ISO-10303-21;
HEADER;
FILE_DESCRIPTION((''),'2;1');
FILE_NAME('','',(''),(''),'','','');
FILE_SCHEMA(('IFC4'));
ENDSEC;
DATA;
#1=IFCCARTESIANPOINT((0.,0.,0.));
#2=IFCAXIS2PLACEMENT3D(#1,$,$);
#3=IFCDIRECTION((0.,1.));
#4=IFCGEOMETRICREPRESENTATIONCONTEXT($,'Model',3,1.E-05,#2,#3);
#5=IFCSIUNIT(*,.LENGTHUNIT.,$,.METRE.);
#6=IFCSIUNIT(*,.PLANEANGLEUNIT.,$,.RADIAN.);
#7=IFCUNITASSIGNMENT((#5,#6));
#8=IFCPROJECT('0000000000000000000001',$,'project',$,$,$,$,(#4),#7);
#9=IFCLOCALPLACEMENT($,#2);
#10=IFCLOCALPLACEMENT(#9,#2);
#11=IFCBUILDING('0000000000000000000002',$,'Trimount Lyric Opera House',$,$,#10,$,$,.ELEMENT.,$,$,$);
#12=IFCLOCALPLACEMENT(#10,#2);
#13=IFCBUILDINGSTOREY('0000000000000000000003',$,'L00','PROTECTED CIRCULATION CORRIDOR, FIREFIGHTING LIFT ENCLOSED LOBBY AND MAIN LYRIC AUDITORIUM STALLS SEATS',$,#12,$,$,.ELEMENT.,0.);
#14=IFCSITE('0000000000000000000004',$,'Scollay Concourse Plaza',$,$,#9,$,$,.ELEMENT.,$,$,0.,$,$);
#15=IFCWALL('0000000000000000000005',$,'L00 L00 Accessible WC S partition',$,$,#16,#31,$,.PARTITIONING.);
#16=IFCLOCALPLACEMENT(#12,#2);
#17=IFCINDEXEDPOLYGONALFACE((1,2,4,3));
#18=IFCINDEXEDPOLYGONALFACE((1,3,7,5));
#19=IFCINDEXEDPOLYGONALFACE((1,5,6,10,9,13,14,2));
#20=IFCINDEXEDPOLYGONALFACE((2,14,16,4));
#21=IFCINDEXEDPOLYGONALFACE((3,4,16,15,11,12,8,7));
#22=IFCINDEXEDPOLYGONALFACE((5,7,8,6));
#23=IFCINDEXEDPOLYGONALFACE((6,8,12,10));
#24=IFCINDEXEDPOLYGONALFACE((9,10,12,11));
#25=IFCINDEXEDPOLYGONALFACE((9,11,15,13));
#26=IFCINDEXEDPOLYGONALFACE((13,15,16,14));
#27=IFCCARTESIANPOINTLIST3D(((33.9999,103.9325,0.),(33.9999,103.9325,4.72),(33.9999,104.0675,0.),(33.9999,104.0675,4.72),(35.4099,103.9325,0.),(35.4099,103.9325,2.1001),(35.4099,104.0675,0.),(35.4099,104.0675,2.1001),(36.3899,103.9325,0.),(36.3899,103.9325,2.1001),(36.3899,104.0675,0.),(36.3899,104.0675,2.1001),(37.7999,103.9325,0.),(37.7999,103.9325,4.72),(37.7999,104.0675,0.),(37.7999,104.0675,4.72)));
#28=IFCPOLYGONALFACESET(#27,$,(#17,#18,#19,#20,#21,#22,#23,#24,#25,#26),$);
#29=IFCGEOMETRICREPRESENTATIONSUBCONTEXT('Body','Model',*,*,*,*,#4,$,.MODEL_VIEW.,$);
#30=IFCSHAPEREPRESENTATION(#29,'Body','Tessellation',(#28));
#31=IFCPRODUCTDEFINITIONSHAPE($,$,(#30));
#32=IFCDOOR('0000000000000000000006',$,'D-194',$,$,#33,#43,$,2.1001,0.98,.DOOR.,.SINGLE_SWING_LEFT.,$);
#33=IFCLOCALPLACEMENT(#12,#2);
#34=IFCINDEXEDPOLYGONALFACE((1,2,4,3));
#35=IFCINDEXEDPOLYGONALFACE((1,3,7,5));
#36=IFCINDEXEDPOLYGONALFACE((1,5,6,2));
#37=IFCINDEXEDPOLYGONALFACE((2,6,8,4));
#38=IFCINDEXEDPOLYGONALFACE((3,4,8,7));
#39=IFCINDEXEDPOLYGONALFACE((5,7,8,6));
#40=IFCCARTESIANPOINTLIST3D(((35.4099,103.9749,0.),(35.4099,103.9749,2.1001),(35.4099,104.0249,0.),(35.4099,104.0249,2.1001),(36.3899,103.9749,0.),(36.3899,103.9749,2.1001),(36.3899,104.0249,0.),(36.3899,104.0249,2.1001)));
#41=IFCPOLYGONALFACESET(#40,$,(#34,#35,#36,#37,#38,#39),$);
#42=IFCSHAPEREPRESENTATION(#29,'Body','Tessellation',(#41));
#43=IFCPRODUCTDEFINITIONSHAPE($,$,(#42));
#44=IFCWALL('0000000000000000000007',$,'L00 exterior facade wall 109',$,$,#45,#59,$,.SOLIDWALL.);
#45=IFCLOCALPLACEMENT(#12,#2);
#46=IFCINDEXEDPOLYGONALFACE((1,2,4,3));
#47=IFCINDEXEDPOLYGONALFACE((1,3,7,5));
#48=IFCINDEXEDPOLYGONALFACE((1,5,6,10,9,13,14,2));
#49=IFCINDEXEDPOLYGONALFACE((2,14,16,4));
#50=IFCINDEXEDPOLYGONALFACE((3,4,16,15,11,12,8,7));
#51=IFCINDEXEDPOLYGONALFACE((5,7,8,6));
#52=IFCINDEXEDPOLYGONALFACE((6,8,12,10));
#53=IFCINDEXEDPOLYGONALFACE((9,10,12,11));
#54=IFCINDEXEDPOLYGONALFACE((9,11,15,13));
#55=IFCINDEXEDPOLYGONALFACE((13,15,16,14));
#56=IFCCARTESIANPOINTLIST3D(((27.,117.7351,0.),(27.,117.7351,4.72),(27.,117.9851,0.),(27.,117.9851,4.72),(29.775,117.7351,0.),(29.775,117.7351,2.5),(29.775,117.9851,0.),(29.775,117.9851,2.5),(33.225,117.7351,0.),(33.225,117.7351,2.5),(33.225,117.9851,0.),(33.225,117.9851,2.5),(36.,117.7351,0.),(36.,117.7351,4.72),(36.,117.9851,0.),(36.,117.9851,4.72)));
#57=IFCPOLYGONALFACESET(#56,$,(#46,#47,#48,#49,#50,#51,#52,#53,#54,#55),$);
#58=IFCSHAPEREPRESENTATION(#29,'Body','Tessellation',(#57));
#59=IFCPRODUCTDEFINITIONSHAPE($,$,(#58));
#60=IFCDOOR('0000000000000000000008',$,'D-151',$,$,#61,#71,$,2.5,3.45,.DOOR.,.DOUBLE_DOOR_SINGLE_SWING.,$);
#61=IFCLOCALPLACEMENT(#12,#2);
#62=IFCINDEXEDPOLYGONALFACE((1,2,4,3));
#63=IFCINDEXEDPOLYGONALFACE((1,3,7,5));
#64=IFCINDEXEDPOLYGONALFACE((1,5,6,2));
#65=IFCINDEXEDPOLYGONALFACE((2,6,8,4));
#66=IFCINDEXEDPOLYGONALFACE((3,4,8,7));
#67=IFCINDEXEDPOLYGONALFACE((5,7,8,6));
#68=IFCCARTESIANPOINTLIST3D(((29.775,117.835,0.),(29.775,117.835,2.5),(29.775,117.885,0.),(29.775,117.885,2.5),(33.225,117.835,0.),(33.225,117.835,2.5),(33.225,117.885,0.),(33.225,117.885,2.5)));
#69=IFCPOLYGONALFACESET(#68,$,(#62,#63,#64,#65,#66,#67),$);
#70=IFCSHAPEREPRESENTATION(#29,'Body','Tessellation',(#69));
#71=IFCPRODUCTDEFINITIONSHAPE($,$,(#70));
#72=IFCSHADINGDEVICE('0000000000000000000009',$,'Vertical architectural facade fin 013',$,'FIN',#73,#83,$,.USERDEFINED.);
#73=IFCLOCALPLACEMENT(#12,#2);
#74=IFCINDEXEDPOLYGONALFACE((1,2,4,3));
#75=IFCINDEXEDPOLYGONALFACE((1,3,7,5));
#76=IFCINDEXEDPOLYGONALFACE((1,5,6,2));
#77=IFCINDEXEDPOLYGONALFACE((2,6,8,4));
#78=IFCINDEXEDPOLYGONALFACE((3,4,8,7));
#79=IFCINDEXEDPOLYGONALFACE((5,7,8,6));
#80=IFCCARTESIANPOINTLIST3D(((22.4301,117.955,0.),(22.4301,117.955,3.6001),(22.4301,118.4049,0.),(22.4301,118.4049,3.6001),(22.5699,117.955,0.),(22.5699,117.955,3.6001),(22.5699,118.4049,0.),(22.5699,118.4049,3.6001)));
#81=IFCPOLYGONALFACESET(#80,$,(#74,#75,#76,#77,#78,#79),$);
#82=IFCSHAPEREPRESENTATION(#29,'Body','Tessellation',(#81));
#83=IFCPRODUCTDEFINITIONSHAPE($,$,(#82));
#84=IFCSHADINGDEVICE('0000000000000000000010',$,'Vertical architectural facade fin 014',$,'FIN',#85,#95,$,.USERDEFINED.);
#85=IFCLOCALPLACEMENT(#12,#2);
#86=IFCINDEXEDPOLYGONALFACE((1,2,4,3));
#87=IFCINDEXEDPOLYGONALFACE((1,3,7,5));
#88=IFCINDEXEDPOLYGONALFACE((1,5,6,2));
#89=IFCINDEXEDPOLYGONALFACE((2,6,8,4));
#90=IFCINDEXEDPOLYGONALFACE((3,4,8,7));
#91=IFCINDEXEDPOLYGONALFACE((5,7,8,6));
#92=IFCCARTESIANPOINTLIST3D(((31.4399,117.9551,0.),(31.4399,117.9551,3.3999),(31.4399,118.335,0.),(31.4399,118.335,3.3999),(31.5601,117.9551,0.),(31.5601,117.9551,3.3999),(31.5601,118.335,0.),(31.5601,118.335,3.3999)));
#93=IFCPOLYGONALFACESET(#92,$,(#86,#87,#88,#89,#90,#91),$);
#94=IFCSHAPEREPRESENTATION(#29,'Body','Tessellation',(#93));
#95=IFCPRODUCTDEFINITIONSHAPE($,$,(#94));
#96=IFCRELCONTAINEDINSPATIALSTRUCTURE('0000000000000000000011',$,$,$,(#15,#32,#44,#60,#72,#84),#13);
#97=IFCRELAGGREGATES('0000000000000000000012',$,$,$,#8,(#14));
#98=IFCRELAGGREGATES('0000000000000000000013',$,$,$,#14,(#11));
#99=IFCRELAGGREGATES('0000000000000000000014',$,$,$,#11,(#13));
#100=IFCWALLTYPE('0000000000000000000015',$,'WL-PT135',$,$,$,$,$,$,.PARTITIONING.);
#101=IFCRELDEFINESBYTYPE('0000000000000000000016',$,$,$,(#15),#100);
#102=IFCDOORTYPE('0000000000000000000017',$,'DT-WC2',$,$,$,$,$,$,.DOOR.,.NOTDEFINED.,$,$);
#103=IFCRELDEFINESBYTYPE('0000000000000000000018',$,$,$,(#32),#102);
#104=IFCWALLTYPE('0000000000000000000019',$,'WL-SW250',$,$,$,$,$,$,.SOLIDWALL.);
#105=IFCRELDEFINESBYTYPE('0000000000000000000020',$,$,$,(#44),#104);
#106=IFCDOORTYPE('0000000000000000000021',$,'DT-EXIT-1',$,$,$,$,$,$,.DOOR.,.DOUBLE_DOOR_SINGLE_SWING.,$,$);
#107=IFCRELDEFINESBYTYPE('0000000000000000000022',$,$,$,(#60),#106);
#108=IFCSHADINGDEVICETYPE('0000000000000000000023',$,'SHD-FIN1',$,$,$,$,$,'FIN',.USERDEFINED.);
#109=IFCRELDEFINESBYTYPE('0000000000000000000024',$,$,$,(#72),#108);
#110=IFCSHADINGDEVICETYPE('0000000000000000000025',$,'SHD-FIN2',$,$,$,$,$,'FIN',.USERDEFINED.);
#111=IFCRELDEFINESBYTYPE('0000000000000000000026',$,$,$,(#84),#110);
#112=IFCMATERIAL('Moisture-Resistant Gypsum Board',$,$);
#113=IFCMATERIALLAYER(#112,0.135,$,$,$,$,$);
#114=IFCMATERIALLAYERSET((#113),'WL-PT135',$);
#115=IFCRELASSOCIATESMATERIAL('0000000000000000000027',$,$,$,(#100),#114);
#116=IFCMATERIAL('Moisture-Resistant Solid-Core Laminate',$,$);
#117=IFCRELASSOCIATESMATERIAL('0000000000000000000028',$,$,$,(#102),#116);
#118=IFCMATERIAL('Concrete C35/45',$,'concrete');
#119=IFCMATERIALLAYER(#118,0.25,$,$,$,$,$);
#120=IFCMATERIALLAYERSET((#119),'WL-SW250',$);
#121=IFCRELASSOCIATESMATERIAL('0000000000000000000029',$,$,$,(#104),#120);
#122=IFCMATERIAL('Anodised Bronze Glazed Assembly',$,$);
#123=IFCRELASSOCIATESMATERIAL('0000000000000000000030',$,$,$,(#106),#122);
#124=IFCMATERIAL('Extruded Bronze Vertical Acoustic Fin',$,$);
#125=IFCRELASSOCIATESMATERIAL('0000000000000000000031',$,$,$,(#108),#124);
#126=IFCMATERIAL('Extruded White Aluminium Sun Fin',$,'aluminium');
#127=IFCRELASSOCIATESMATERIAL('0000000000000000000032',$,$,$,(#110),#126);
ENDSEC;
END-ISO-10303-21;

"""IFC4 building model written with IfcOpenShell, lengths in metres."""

from ifc_helpers import new_model, si_unit, direction, frame, frame_2d, origin, origin_2d, place, context, subcontext, project, spatial, rectangle, extrude, material, layer, layer_set, type_object, element, fill, save


model = new_model("IFC4")

# Units and contexts
model_context = context("Model", 3, precision=1e-05, world=origin(), true_north=direction((0.0, 1.0)))
body_context = subcontext(model_context, "Body", "Model", "MODEL_VIEW")
ifc_project = project(units=[si_unit("LENGTHUNIT", "METRE"), si_unit("PLANEANGLEUNIT", "RADIAN")], contexts=[model_context])

# Site, building, storey
site_placement = place(None, origin())
site = spatial("IfcSite", under=ifc_project, at=site_placement, Name="Scollay Concourse Plaza", CompositionType="ELEMENT", RefElevation=0.0)
building_placement = place(site_placement, origin())
building = spatial("IfcBuilding", under=site, at=building_placement, Name="Trimount Lyric Opera House", CompositionType="ELEMENT")
storey_placement = place(building_placement, origin())
storey = spatial("IfcBuildingStorey", under=building, at=storey_placement, Name="L00", Description="PROTECTED CIRCULATION CORRIDOR, FIREFIGHTING LIFT ENCLOSED LOBBY AND MAIN LYRIC AUDITORIUM STALLS SEATS", CompositionType="ELEMENT", Elevation=0.0)

# Shared definitions
ifc_material_1 = material(Name="Moisture-Resistant Gypsum Board")
ifc_layer_1 = layer(ifc_material_1, 0.135)
ifc_layer_set_1 = layer_set([ifc_layer_1], Name="WL-PT135")
wall_type_1 = type_object("IfcWallType", Name="WL-PT135", PredefinedType="PARTITIONING", material=ifc_layer_set_1)

# Walls, openings, doors
wall_1_placement = place(storey_placement, frame((34.0, 104.0, 0.0), z_axis=(0.0, 0.0, 1.0), x_axis=(1.0, 0.0, 0.0)))
wall_1 = element("IfcWall", 1, at=wall_1_placement, inside=storey, type_object=wall_type_1, Name="L00 L00 Accessible WC S partition", PredefinedType="PARTITIONING", context=body_context, shape_type="SweptSolid", body=[
    extrude(rectangle(XDim=3.8, YDim=0.135, at=frame_2d((1.8999, 0.0))), origin(), (0.0, 0.0, 1.0), 4.72),
])
opening_1_placement = place(wall_1_placement, frame((1.4099, 0.0, 0.0)))
opening_1 = element("IfcOpeningElement", 2, at=opening_1_placement, cuts=wall_1, PredefinedType="OPENING", context=body_context, shape_type="SweptSolid", body=[
    extrude(rectangle(XDim=0.98, YDim=2.1001, at=frame_2d((0.49, 1.05))), frame((0.0, 0.0776, 0.0), z_axis=(0.0, -1.0, 0.0), x_axis=(1.0, 0.0, 0.0)), (0.0, 0.0, 1.0), 0.155),
])
ifc_material_2 = material(Name="Moisture-Resistant Solid-Core Laminate")
door_type_1 = type_object("IfcDoorType", Name="DT-WC2", OperationType="NOTDEFINED", PredefinedType="DOOR", material=ifc_material_2)
door_1_placement = place(opening_1_placement, origin())
door_1 = element("IfcDoor", 3, at=door_1_placement, inside=storey, type_object=door_type_1, Name="D-194", OperationType="SINGLE_SWING_LEFT", OverallHeight=2.1001, OverallWidth=0.98, PredefinedType="DOOR", context=body_context, shape_type="SweptSolid", body=[
    extrude(rectangle(XDim=0.98, YDim=2.1001, at=frame_2d((0.49, 1.05))), frame((0.0, 0.0249, 0.0), z_axis=(0.0, -1.0, 0.0), x_axis=(1.0, 0.0, 0.0)), (0.0, 0.0, 1.0), 0.05),
])
fill(opening_1, door_1)
ifc_material_3 = material(Name="Concrete C35/45", Category="concrete")
ifc_layer_2 = layer(ifc_material_3, 0.25)
ifc_layer_set_2 = layer_set([ifc_layer_2], Name="WL-SW250")
wall_type_2 = type_object("IfcWallType", Name="WL-SW250", PredefinedType="SOLIDWALL", material=ifc_layer_set_2)
wall_2_placement = place(storey_placement, frame((27.0, 117.8601, 0.0), z_axis=(0.0, 0.0, 1.0), x_axis=(1.0, 0.0, 0.0)))
wall_2 = element("IfcWall", 4, at=wall_2_placement, inside=storey, type_object=wall_type_2, Name="L00 exterior facade wall 109", PredefinedType="SOLIDWALL", context=body_context, shape_type="SweptSolid", body=[
    extrude(rectangle(XDim=9.0, YDim=0.25, at=frame_2d((4.5, 0.0))), origin(), (0.0, 0.0, 1.0), 4.72),
])
opening_2_placement = place(wall_2_placement, frame((2.7749, 0.0, 0.0)))
opening_2 = element("IfcOpeningElement", 5, at=opening_2_placement, cuts=wall_2, PredefinedType="OPENING", context=body_context, shape_type="SweptSolid", body=[
    extrude(rectangle(XDim=3.45, YDim=2.5, at=frame_2d((1.7251, 1.25))), frame((0.0, 0.135, 0.0), z_axis=(0.0, -1.0, 0.0), x_axis=(1.0, 0.0, 0.0)), (0.0, 0.0, 1.0), 0.27),
])
ifc_material_4 = material(Name="Anodised Bronze Glazed Assembly")
door_type_2 = type_object("IfcDoorType", Name="DT-EXIT-1", OperationType="DOUBLE_DOOR_SINGLE_SWING", PredefinedType="DOOR", material=ifc_material_4)
door_2_placement = place(opening_2_placement, origin())
door_2 = element("IfcDoor", 6, at=door_2_placement, inside=storey, type_object=door_type_2, Name="D-151", OperationType="DOUBLE_DOOR_SINGLE_SWING", OverallHeight=2.5, OverallWidth=3.45, PredefinedType="DOOR", context=body_context, shape_type="SweptSolid", body=[
    extrude(rectangle(XDim=3.45, YDim=2.5, at=frame_2d((1.7251, 1.25))), frame((0.0, 0.0249, 0.0), z_axis=(0.0, -1.0, 0.0), x_axis=(1.0, 0.0, 0.0)), (0.0, 0.0, 1.0), 0.05),
])
fill(opening_2, door_2)

# Shading devices
ifc_material_5 = material(Name="Extruded Bronze Vertical Acoustic Fin")
shading_device_type_1 = type_object("IfcShadingDeviceType", Name="SHD-FIN1", ElementType="FIN", PredefinedType="USERDEFINED", material=ifc_material_5)
shading_device_1_placement = place(storey_placement, frame((22.5, 118.1799, 0.0), z_axis=(0.0, 0.0, 1.0), x_axis=(1.0, 0.0, 0.0)))
element("IfcShadingDevice", 7, at=shading_device_1_placement, inside=storey, type_object=shading_device_type_1, Name="Vertical architectural facade fin 013", ObjectType="FIN", PredefinedType="USERDEFINED", context=body_context, shape_type="SweptSolid", body=[
    extrude(rectangle(XDim=0.1399, YDim=0.45, at=origin_2d()), origin(), (0.0, 0.0, 1.0), 3.6001),
])
ifc_material_6 = material(Name="Extruded White Aluminium Sun Fin", Category="aluminium")
shading_device_type_2 = type_object("IfcShadingDeviceType", Name="SHD-FIN2", ElementType="FIN", PredefinedType="USERDEFINED", material=ifc_material_6)
shading_device_2_placement = place(storey_placement, frame((31.5, 118.145, 0.0), z_axis=(0.0, 0.0, 1.0), x_axis=(1.0, 0.0, 0.0)))
element("IfcShadingDevice", 8, at=shading_device_2_placement, inside=storey, type_object=shading_device_type_2, Name="Vertical architectural facade fin 014", ObjectType="FIN", PredefinedType="USERDEFINED", context=body_context, shape_type="SweptSolid", body=[
    extrude(rectangle(XDim=0.1201, YDim=0.3799, at=origin_2d()), origin(), (0.0, 0.0, 1.0), 3.3999),
])

save(model, "model.ifc")
